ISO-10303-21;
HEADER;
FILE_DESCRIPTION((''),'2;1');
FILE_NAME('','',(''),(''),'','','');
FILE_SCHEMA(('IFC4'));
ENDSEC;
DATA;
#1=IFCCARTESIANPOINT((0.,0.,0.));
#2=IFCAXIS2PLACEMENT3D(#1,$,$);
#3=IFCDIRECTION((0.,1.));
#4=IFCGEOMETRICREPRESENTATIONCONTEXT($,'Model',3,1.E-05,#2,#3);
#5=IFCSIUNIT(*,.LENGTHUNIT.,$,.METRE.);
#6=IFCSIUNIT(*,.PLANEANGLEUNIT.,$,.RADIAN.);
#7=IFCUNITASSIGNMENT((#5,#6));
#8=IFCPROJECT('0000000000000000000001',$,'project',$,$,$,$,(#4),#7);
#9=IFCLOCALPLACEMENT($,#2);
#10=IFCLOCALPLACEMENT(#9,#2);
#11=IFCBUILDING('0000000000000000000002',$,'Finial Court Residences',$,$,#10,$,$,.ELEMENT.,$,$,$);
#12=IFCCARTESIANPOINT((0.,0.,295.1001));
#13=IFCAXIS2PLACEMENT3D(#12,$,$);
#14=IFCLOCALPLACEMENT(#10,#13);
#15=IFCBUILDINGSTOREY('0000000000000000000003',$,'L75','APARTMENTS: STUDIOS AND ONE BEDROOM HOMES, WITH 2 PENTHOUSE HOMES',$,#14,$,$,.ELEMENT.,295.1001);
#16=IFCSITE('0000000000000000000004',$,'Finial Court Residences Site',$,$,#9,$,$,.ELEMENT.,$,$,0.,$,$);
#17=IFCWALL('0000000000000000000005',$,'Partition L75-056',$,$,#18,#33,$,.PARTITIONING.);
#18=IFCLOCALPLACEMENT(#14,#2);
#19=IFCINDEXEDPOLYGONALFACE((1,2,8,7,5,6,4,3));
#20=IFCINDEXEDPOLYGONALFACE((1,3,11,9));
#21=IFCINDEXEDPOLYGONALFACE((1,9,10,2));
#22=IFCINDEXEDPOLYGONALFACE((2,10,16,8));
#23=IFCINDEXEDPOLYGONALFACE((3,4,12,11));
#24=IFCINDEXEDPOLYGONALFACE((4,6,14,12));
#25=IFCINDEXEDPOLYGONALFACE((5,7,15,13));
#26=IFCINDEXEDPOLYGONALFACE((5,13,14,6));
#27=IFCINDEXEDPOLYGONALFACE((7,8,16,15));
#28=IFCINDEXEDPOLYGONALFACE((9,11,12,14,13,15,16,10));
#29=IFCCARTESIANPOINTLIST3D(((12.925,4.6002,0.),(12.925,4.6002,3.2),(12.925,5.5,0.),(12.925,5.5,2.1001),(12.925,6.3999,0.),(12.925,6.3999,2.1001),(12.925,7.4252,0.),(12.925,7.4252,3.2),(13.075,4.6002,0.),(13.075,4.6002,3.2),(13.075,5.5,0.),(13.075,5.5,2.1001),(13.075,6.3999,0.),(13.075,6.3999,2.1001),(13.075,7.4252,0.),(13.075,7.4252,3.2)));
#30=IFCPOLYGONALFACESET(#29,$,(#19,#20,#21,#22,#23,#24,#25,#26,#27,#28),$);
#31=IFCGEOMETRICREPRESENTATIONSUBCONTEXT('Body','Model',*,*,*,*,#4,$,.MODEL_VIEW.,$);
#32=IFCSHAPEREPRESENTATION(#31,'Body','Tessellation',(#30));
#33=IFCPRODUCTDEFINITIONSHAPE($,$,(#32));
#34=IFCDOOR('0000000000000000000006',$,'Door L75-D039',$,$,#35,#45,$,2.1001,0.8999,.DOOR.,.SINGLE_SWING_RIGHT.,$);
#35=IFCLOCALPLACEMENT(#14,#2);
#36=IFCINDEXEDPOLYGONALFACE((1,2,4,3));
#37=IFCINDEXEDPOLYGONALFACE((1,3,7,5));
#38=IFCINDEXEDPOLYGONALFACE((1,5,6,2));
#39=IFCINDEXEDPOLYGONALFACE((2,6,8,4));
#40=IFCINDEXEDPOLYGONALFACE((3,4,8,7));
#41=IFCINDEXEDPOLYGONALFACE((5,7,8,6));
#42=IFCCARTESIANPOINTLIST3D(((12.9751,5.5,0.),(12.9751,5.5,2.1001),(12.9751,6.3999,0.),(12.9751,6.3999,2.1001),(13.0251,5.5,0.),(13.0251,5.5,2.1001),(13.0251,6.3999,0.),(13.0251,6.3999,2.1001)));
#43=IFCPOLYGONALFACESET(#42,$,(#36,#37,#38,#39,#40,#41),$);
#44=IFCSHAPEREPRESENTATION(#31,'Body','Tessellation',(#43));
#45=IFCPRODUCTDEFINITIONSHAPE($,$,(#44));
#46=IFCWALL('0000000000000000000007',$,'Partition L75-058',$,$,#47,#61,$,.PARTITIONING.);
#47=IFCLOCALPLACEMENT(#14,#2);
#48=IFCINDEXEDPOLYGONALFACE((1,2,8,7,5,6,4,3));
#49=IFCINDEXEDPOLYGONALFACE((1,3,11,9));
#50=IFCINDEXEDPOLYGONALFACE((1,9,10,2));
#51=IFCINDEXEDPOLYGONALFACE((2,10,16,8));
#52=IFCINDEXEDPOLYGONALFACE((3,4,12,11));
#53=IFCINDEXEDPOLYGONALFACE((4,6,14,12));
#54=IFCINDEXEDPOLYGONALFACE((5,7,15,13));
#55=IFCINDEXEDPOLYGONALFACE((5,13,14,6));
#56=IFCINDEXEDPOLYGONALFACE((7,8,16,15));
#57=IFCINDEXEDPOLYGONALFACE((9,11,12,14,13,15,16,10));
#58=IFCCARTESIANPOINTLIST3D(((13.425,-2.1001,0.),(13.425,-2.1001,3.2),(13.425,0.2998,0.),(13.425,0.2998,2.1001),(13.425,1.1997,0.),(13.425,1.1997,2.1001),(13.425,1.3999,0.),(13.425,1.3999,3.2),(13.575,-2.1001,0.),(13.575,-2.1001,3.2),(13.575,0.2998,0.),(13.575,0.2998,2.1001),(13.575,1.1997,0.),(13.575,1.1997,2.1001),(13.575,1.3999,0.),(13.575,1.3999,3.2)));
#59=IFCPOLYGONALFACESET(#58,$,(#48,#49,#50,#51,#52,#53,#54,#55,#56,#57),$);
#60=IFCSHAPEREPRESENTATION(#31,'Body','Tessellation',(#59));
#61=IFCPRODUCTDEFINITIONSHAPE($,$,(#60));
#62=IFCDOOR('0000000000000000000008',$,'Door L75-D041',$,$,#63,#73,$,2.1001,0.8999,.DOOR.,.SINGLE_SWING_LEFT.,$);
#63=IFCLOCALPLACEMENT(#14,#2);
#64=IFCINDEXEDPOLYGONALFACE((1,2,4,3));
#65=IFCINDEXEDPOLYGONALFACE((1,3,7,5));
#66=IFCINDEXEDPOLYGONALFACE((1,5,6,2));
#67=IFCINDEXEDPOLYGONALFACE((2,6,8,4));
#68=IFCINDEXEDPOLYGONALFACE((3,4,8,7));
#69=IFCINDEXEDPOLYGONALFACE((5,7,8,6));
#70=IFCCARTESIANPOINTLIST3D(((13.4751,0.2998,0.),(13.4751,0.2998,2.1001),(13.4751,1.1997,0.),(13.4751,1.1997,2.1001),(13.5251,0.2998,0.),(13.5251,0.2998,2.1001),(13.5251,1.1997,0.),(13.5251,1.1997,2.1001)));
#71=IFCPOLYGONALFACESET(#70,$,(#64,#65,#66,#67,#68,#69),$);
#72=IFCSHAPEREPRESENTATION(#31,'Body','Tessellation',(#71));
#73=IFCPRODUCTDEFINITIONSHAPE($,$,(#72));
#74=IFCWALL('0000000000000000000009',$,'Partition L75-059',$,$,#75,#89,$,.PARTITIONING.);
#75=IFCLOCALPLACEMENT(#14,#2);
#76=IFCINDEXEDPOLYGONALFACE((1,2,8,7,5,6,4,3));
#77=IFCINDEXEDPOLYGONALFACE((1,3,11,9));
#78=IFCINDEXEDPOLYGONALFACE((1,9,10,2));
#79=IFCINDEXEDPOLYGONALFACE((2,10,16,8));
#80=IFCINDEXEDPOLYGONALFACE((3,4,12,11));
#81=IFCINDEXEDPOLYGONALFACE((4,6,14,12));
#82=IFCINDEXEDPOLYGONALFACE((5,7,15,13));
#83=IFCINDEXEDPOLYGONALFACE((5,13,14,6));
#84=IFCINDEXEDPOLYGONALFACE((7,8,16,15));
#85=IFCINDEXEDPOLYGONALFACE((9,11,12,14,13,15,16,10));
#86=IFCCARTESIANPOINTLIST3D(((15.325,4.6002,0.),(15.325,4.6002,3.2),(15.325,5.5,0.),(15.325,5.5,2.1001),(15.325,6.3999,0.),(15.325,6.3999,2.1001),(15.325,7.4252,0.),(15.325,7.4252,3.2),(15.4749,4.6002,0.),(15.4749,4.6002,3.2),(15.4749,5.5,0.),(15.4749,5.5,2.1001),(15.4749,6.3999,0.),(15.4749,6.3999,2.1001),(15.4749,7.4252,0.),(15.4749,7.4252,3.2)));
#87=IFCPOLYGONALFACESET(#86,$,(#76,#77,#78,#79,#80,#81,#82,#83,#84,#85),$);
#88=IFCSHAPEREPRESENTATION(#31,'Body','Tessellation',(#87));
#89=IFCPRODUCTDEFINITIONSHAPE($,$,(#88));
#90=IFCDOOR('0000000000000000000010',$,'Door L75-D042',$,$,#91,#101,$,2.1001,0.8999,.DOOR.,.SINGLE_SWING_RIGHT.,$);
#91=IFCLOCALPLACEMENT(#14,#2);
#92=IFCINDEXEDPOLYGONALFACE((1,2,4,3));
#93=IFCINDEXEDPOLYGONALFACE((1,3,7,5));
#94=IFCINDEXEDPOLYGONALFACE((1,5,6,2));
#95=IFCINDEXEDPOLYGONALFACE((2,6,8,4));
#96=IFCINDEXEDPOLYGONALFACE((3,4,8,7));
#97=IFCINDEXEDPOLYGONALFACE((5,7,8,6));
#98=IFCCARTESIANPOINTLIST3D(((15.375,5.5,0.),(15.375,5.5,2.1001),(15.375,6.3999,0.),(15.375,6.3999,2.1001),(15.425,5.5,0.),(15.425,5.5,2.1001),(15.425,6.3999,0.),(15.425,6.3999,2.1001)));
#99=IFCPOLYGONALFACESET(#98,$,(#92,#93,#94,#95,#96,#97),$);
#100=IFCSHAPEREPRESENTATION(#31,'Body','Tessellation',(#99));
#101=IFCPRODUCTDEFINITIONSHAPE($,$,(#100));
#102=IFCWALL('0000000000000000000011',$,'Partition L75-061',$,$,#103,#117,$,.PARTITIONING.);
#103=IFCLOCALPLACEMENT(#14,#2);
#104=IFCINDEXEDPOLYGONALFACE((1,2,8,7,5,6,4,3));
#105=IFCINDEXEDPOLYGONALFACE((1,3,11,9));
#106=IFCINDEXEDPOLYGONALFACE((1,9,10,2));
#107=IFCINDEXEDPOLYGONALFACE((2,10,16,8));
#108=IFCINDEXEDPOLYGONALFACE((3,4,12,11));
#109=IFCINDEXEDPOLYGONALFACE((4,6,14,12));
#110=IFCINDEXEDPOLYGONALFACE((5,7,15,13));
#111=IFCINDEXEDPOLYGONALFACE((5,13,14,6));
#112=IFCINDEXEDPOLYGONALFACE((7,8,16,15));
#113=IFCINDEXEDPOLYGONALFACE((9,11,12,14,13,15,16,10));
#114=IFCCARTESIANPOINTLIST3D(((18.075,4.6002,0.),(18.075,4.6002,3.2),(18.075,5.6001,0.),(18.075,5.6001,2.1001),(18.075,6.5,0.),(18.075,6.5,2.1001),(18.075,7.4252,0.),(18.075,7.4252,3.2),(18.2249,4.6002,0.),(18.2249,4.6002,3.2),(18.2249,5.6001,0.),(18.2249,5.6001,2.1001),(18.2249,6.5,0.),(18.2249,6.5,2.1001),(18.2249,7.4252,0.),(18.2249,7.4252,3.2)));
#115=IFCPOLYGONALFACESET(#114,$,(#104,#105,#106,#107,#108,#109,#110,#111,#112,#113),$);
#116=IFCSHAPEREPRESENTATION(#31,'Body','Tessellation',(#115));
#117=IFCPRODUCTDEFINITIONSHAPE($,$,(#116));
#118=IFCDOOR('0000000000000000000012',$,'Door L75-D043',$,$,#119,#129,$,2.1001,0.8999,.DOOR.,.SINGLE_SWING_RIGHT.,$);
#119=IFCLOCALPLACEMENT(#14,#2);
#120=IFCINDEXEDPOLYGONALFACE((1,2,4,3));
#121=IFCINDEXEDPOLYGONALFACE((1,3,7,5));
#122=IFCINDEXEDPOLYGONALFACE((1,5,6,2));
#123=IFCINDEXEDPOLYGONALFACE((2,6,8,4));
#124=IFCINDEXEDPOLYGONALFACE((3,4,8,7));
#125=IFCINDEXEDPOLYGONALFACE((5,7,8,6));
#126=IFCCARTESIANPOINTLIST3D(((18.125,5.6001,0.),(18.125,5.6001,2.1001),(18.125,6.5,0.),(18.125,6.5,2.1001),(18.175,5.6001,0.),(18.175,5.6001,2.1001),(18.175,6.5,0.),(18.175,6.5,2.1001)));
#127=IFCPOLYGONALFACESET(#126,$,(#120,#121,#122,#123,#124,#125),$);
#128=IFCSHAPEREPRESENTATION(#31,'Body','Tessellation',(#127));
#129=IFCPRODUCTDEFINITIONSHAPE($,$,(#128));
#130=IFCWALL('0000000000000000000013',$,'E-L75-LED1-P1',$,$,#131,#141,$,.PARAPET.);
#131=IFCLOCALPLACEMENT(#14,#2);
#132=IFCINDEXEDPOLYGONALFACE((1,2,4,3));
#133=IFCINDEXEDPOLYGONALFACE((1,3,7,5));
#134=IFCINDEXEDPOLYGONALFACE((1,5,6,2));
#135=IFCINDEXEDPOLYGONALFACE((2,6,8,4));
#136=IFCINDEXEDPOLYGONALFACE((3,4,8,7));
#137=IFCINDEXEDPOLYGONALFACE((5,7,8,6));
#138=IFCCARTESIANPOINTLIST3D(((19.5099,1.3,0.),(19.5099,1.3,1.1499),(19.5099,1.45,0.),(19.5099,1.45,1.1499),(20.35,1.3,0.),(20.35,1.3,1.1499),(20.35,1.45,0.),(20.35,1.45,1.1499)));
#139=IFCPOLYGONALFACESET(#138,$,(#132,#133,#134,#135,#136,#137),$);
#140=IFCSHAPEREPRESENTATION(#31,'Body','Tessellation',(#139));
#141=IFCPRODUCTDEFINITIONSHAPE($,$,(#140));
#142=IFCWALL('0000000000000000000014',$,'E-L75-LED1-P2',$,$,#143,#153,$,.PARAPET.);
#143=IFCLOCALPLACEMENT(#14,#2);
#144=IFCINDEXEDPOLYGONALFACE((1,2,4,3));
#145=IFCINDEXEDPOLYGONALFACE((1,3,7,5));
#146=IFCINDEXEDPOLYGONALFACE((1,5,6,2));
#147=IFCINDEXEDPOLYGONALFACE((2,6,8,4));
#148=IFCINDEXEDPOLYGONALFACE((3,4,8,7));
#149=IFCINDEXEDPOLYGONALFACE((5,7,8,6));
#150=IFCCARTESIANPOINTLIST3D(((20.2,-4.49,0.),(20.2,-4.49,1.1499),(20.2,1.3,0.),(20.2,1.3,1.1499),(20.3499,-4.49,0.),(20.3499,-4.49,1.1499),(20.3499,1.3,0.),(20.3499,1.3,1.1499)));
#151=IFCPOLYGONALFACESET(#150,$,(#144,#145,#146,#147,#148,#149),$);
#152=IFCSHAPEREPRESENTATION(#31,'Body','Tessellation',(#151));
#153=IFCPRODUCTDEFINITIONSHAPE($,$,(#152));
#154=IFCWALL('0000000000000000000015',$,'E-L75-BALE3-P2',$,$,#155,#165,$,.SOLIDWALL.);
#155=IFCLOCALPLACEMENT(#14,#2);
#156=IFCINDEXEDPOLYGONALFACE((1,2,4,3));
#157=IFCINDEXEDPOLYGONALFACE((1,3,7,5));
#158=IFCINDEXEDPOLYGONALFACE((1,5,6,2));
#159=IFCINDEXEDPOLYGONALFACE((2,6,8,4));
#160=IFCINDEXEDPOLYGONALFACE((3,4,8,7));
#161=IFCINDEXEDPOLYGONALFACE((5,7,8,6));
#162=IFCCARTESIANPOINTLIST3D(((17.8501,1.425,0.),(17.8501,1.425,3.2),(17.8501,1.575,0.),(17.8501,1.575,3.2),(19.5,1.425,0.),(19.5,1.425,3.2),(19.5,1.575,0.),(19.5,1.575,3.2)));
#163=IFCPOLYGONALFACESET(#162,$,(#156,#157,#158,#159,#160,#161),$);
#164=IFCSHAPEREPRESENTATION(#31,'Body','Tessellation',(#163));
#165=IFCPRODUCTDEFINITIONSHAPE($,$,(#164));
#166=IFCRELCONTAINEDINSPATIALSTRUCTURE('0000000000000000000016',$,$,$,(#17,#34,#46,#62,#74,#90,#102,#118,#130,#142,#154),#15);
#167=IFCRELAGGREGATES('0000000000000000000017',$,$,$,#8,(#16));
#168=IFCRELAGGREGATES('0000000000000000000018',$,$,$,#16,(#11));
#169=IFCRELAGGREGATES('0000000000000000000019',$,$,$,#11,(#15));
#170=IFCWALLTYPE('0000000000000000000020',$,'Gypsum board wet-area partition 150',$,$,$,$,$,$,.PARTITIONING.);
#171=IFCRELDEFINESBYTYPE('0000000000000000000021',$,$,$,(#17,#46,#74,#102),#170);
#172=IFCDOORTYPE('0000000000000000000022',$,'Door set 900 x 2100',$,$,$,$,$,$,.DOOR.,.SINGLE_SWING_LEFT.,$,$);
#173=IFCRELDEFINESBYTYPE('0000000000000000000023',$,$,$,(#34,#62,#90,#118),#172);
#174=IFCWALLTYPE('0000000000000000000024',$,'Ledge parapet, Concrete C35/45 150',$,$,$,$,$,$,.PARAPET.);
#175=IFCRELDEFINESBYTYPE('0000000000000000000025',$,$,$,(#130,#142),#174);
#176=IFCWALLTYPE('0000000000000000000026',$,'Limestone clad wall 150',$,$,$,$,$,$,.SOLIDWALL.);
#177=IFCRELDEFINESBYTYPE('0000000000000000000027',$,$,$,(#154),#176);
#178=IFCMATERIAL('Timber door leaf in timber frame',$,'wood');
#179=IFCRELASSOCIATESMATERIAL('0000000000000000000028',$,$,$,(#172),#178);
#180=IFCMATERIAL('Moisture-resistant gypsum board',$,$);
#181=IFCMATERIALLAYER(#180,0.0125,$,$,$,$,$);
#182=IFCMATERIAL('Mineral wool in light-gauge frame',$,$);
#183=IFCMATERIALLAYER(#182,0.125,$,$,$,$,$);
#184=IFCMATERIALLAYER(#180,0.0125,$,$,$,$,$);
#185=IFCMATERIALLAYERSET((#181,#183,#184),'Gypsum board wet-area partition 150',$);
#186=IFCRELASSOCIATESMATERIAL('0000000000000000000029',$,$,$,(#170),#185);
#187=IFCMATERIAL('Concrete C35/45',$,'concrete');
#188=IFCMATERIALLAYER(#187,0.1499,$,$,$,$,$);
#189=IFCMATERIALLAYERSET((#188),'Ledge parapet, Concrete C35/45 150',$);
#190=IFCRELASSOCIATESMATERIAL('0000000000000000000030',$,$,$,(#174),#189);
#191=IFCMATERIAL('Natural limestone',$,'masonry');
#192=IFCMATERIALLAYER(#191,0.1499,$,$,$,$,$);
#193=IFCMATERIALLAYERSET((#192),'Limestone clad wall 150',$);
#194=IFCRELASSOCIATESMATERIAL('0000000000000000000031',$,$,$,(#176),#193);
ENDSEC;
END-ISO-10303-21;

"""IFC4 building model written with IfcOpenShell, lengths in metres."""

from ifc_helpers import new_model, si_unit, direction, frame, frame_2d, origin, place, context, subcontext, project, spatial, rectangle, extrude, material, layer, layer_set, type_object, element, fill, save


model = new_model("IFC4")

# Units and contexts
model_context = context("Model", 3, precision=1e-05, world=origin(), true_north=direction((0.0, 1.0)))
body_context = subcontext(model_context, "Body", "Model", "MODEL_VIEW")
ifc_project = project(units=[si_unit("LENGTHUNIT", "METRE"), si_unit("PLANEANGLEUNIT", "RADIAN")], contexts=[model_context])

# Site, building, storey
site_placement = place(None, origin())
site = spatial("IfcSite", under=ifc_project, at=site_placement, Name="Finial Court Residences Site", CompositionType="ELEMENT", RefElevation=0.0)
building_placement = place(site_placement, origin())
building = spatial("IfcBuilding", under=site, at=building_placement, Name="Finial Court Residences", CompositionType="ELEMENT")
storey_placement = place(building_placement, frame((0.0, 0.0, 295.1001)))
storey = spatial("IfcBuildingStorey", under=building, at=storey_placement, Name="L75", Description="APARTMENTS: STUDIOS AND ONE BEDROOM HOMES, WITH 2 PENTHOUSE HOMES", CompositionType="ELEMENT", Elevation=295.1001)

# Shared definitions
ifc_material_1 = material(Name="Mineral wool in light-gauge frame")
ifc_material_2 = material(Name="Timber door leaf in timber frame", Category="wood")
door_type_1 = type_object("IfcDoorType", Name="Door set 900 x 2100", OperationType="SINGLE_SWING_LEFT", PredefinedType="DOOR", material=ifc_material_2)
ifc_material_3 = material(Name="Moisture-resistant gypsum board")
ifc_layer_1 = layer(ifc_material_3, 0.0125)
ifc_layer_2 = layer(ifc_material_1, 0.125)
ifc_layer_3 = layer(ifc_material_3, 0.0125)
ifc_layer_set_1 = layer_set([ifc_layer_1, ifc_layer_2, ifc_layer_3], Name="Gypsum board wet-area partition 150")
wall_type_1 = type_object("IfcWallType", Name="Gypsum board wet-area partition 150", PredefinedType="PARTITIONING", material=ifc_layer_set_1)

# Walls, openings, doors
wall_1_placement = place(storey_placement, frame((13.0, 4.6001, 0.0), z_axis=(0.0, 0.0, 1.0), x_axis=(0.0, 1.0, 0.0)))
wall_1 = element("IfcWall", 1, at=wall_1_placement, inside=storey, type_object=wall_type_1, Name="Partition L75-056", PredefinedType="PARTITIONING", context=body_context, shape_type="SweptSolid", body=[
    extrude(rectangle(XDim=2.825, YDim=0.1499, at=frame_2d((1.4126, 0.0))), origin(), (0.0, 0.0, 1.0), 3.2),
])
opening_1_placement = place(wall_1_placement, frame((0.8999, 0.0, 0.0)))
opening_1 = element("IfcOpeningElement", 2, at=opening_1_placement, cuts=wall_1, PredefinedType="OPENING", context=body_context, shape_type="SweptSolid", body=[
    extrude(rectangle(XDim=0.8999, YDim=2.1001, at=frame_2d((0.45, 1.05))), frame((0.0, 0.085, 0.0), z_axis=(0.0, -1.0, 0.0), x_axis=(1.0, 0.0, 0.0)), (0.0, 0.0, 1.0), 0.1699),
])
door_1_placement = place(opening_1_placement, origin())
door_1 = element("IfcDoor", 3, at=door_1_placement, inside=storey, type_object=door_type_1, Name="Door L75-D039", OperationType="SINGLE_SWING_RIGHT", OverallHeight=2.1001, OverallWidth=0.8999, PredefinedType="DOOR", context=body_context, shape_type="SweptSolid", body=[
    extrude(rectangle(XDim=0.8999, YDim=2.1001, at=frame_2d((0.45, 1.05))), frame((0.0, 0.0249, 0.0), z_axis=(0.0, -1.0, 0.0), x_axis=(1.0, 0.0, 0.0)), (0.0, 0.0, 1.0), 0.05),
])
fill(opening_1, door_1)
wall_2_placement = place(storey_placement, frame((13.5, -2.1001, 0.0), z_axis=(0.0, 0.0, 1.0), x_axis=(0.0, 1.0, 0.0)))
wall_2 = element("IfcWall", 4, at=wall_2_placement, inside=storey, type_object=wall_type_1, Name="Partition L75-058", PredefinedType="PARTITIONING", context=body_context, shape_type="SweptSolid", body=[
    extrude(rectangle(XDim=3.5, YDim=0.1499, at=frame_2d((1.75, 0.0))), origin(), (0.0, 0.0, 1.0), 3.2),
])
opening_2_placement = place(wall_2_placement, frame((2.3999, 0.0, 0.0)))
opening_2 = element("IfcOpeningElement", 5, at=opening_2_placement, cuts=wall_2, PredefinedType="OPENING", context=body_context, shape_type="SweptSolid", body=[
    extrude(rectangle(XDim=0.8999, YDim=2.1001, at=frame_2d((0.45, 1.05))), frame((0.0, 0.085, 0.0), z_axis=(0.0, -1.0, 0.0), x_axis=(1.0, 0.0, 0.0)), (0.0, 0.0, 1.0), 0.1699),
])
door_2_placement = place(opening_2_placement, origin())
door_2 = element("IfcDoor", 6, at=door_2_placement, inside=storey, type_object=door_type_1, Name="Door L75-D041", OperationType="SINGLE_SWING_LEFT", OverallHeight=2.1001, OverallWidth=0.8999, PredefinedType="DOOR", context=body_context, shape_type="SweptSolid", body=[
    extrude(rectangle(XDim=0.8999, YDim=2.1001, at=frame_2d((0.45, 1.05))), frame((0.0, 0.0249, 0.0), z_axis=(0.0, -1.0, 0.0), x_axis=(1.0, 0.0, 0.0)), (0.0, 0.0, 1.0), 0.05),
])
fill(opening_2, door_2)
wall_3_placement = place(storey_placement, frame((15.3999, 4.6001, 0.0), z_axis=(0.0, 0.0, 1.0), x_axis=(0.0, 1.0, 0.0)))
wall_3 = element("IfcWall", 7, at=wall_3_placement, inside=storey, type_object=wall_type_1, Name="Partition L75-059", PredefinedType="PARTITIONING", context=body_context, shape_type="SweptSolid", body=[
    extrude(rectangle(XDim=2.825, YDim=0.1499, at=frame_2d((1.4126, 0.0))), origin(), (0.0, 0.0, 1.0), 3.2),
])
opening_3_placement = place(wall_3_placement, frame((0.8999, 0.0, 0.0)))
opening_3 = element("IfcOpeningElement", 8, at=opening_3_placement, cuts=wall_3, PredefinedType="OPENING", context=body_context, shape_type="SweptSolid", body=[
    extrude(rectangle(XDim=0.8999, YDim=2.1001, at=frame_2d((0.45, 1.05))), frame((0.0, 0.085, 0.0), z_axis=(0.0, -1.0, 0.0), x_axis=(1.0, 0.0, 0.0)), (0.0, 0.0, 1.0), 0.1699),
])
door_3_placement = place(opening_3_placement, origin())
door_3 = element("IfcDoor", 9, at=door_3_placement, inside=storey, type_object=door_type_1, Name="Door L75-D042", OperationType="SINGLE_SWING_RIGHT", OverallHeight=2.1001, OverallWidth=0.8999, PredefinedType="DOOR", context=body_context, shape_type="SweptSolid", body=[
    extrude(rectangle(XDim=0.8999, YDim=2.1001, at=frame_2d((0.45, 1.05))), frame((0.0, 0.0249, 0.0), z_axis=(0.0, -1.0, 0.0), x_axis=(1.0, 0.0, 0.0)), (0.0, 0.0, 1.0), 0.05),
])
fill(opening_3, door_3)
wall_4_placement = place(storey_placement, frame((18.1499, 4.6001, 0.0), z_axis=(0.0, 0.0, 1.0), x_axis=(0.0, 1.0, 0.0)))
wall_4 = element("IfcWall", 10, at=wall_4_placement, inside=storey, type_object=wall_type_1, Name="Partition L75-061", PredefinedType="PARTITIONING", context=body_context, shape_type="SweptSolid", body=[
    extrude(rectangle(XDim=2.825, YDim=0.1499, at=frame_2d((1.4126, 0.0))), origin(), (0.0, 0.0, 1.0), 3.2),
])
opening_4_placement = place(wall_4_placement, frame((1.0, 0.0, 0.0)))
opening_4 = element("IfcOpeningElement", 11, at=opening_4_placement, cuts=wall_4, PredefinedType="OPENING", context=body_context, shape_type="SweptSolid", body=[
    extrude(rectangle(XDim=0.8999, YDim=2.1001, at=frame_2d((0.45, 1.05))), frame((0.0, 0.085, 0.0), z_axis=(0.0, -1.0, 0.0), x_axis=(1.0, 0.0, 0.0)), (0.0, 0.0, 1.0), 0.1699),
])
door_4_placement = place(opening_4_placement, origin())
door_4 = element("IfcDoor", 12, at=door_4_placement, inside=storey, type_object=door_type_1, Name="Door L75-D043", OperationType="SINGLE_SWING_RIGHT", OverallHeight=2.1001, OverallWidth=0.8999, PredefinedType="DOOR", context=body_context, shape_type="SweptSolid", body=[
    extrude(rectangle(XDim=0.8999, YDim=2.1001, at=frame_2d((0.45, 1.05))), frame((0.0, 0.0249, 0.0), z_axis=(0.0, -1.0, 0.0), x_axis=(1.0, 0.0, 0.0)), (0.0, 0.0, 1.0), 0.05),
])
fill(opening_4, door_4)

# Walls
ifc_material_4 = material(Name="Concrete C35/45", Category="concrete")
ifc_layer_4 = layer(ifc_material_4, 0.1499)
ifc_layer_set_2 = layer_set([ifc_layer_4], Name="Ledge parapet, Concrete C35/45 150")
wall_type_2 = type_object("IfcWallType", Name="Ledge parapet, Concrete C35/45 150", PredefinedType="PARAPET", material=ifc_layer_set_2)
wall_5_placement = place(storey_placement, frame((19.51, 1.375, 0.0), z_axis=(0.0, 0.0, 1.0), x_axis=(1.0, 0.0, 0.0)))
element("IfcWall", 13, at=wall_5_placement, inside=storey, type_object=wall_type_2, Name="E-L75-LED1-P1", PredefinedType="PARAPET", context=body_context, shape_type="SweptSolid", body=[
    extrude(rectangle(XDim=0.8401, YDim=0.1499, at=frame_2d((0.4199, 0.0))), origin(), (0.0, 0.0, 1.0), 1.1499),
])
wall_6_placement = place(storey_placement, frame((20.2749, 1.3, 0.0), z_axis=(0.0, 0.0, 1.0), x_axis=(0.0, -1.0, 0.0)))
element("IfcWall", 14, at=wall_6_placement, inside=storey, type_object=wall_type_2, Name="E-L75-LED1-P2", PredefinedType="PARAPET", context=body_context, shape_type="SweptSolid", body=[
    extrude(rectangle(XDim=5.79, YDim=0.1499, at=frame_2d((2.895, 0.0))), origin(), (0.0, 0.0, 1.0), 1.1499),
])
ifc_material_5 = material(Name="Natural limestone", Category="masonry")
ifc_layer_5 = layer(ifc_material_5, 0.1499)
ifc_layer_set_3 = layer_set([ifc_layer_5], Name="Limestone clad wall 150")
wall_type_3 = type_object("IfcWallType", Name="Limestone clad wall 150", PredefinedType="SOLIDWALL", material=ifc_layer_set_3)
wall_7_placement = place(storey_placement, frame((17.8501, 1.5, 0.0), z_axis=(0.0, 0.0, 1.0), x_axis=(1.0, 0.0, 0.0)))
element("IfcWall", 15, at=wall_7_placement, inside=storey, type_object=wall_type_3, Name="E-L75-BALE3-P2", PredefinedType="SOLIDWALL", context=body_context, shape_type="SweptSolid", body=[
    extrude(rectangle(XDim=1.6499, YDim=0.1499, at=frame_2d((0.825, 0.0))), origin(), (0.0, 0.0, 1.0), 3.2),
])

save(model, "model.ifc")
